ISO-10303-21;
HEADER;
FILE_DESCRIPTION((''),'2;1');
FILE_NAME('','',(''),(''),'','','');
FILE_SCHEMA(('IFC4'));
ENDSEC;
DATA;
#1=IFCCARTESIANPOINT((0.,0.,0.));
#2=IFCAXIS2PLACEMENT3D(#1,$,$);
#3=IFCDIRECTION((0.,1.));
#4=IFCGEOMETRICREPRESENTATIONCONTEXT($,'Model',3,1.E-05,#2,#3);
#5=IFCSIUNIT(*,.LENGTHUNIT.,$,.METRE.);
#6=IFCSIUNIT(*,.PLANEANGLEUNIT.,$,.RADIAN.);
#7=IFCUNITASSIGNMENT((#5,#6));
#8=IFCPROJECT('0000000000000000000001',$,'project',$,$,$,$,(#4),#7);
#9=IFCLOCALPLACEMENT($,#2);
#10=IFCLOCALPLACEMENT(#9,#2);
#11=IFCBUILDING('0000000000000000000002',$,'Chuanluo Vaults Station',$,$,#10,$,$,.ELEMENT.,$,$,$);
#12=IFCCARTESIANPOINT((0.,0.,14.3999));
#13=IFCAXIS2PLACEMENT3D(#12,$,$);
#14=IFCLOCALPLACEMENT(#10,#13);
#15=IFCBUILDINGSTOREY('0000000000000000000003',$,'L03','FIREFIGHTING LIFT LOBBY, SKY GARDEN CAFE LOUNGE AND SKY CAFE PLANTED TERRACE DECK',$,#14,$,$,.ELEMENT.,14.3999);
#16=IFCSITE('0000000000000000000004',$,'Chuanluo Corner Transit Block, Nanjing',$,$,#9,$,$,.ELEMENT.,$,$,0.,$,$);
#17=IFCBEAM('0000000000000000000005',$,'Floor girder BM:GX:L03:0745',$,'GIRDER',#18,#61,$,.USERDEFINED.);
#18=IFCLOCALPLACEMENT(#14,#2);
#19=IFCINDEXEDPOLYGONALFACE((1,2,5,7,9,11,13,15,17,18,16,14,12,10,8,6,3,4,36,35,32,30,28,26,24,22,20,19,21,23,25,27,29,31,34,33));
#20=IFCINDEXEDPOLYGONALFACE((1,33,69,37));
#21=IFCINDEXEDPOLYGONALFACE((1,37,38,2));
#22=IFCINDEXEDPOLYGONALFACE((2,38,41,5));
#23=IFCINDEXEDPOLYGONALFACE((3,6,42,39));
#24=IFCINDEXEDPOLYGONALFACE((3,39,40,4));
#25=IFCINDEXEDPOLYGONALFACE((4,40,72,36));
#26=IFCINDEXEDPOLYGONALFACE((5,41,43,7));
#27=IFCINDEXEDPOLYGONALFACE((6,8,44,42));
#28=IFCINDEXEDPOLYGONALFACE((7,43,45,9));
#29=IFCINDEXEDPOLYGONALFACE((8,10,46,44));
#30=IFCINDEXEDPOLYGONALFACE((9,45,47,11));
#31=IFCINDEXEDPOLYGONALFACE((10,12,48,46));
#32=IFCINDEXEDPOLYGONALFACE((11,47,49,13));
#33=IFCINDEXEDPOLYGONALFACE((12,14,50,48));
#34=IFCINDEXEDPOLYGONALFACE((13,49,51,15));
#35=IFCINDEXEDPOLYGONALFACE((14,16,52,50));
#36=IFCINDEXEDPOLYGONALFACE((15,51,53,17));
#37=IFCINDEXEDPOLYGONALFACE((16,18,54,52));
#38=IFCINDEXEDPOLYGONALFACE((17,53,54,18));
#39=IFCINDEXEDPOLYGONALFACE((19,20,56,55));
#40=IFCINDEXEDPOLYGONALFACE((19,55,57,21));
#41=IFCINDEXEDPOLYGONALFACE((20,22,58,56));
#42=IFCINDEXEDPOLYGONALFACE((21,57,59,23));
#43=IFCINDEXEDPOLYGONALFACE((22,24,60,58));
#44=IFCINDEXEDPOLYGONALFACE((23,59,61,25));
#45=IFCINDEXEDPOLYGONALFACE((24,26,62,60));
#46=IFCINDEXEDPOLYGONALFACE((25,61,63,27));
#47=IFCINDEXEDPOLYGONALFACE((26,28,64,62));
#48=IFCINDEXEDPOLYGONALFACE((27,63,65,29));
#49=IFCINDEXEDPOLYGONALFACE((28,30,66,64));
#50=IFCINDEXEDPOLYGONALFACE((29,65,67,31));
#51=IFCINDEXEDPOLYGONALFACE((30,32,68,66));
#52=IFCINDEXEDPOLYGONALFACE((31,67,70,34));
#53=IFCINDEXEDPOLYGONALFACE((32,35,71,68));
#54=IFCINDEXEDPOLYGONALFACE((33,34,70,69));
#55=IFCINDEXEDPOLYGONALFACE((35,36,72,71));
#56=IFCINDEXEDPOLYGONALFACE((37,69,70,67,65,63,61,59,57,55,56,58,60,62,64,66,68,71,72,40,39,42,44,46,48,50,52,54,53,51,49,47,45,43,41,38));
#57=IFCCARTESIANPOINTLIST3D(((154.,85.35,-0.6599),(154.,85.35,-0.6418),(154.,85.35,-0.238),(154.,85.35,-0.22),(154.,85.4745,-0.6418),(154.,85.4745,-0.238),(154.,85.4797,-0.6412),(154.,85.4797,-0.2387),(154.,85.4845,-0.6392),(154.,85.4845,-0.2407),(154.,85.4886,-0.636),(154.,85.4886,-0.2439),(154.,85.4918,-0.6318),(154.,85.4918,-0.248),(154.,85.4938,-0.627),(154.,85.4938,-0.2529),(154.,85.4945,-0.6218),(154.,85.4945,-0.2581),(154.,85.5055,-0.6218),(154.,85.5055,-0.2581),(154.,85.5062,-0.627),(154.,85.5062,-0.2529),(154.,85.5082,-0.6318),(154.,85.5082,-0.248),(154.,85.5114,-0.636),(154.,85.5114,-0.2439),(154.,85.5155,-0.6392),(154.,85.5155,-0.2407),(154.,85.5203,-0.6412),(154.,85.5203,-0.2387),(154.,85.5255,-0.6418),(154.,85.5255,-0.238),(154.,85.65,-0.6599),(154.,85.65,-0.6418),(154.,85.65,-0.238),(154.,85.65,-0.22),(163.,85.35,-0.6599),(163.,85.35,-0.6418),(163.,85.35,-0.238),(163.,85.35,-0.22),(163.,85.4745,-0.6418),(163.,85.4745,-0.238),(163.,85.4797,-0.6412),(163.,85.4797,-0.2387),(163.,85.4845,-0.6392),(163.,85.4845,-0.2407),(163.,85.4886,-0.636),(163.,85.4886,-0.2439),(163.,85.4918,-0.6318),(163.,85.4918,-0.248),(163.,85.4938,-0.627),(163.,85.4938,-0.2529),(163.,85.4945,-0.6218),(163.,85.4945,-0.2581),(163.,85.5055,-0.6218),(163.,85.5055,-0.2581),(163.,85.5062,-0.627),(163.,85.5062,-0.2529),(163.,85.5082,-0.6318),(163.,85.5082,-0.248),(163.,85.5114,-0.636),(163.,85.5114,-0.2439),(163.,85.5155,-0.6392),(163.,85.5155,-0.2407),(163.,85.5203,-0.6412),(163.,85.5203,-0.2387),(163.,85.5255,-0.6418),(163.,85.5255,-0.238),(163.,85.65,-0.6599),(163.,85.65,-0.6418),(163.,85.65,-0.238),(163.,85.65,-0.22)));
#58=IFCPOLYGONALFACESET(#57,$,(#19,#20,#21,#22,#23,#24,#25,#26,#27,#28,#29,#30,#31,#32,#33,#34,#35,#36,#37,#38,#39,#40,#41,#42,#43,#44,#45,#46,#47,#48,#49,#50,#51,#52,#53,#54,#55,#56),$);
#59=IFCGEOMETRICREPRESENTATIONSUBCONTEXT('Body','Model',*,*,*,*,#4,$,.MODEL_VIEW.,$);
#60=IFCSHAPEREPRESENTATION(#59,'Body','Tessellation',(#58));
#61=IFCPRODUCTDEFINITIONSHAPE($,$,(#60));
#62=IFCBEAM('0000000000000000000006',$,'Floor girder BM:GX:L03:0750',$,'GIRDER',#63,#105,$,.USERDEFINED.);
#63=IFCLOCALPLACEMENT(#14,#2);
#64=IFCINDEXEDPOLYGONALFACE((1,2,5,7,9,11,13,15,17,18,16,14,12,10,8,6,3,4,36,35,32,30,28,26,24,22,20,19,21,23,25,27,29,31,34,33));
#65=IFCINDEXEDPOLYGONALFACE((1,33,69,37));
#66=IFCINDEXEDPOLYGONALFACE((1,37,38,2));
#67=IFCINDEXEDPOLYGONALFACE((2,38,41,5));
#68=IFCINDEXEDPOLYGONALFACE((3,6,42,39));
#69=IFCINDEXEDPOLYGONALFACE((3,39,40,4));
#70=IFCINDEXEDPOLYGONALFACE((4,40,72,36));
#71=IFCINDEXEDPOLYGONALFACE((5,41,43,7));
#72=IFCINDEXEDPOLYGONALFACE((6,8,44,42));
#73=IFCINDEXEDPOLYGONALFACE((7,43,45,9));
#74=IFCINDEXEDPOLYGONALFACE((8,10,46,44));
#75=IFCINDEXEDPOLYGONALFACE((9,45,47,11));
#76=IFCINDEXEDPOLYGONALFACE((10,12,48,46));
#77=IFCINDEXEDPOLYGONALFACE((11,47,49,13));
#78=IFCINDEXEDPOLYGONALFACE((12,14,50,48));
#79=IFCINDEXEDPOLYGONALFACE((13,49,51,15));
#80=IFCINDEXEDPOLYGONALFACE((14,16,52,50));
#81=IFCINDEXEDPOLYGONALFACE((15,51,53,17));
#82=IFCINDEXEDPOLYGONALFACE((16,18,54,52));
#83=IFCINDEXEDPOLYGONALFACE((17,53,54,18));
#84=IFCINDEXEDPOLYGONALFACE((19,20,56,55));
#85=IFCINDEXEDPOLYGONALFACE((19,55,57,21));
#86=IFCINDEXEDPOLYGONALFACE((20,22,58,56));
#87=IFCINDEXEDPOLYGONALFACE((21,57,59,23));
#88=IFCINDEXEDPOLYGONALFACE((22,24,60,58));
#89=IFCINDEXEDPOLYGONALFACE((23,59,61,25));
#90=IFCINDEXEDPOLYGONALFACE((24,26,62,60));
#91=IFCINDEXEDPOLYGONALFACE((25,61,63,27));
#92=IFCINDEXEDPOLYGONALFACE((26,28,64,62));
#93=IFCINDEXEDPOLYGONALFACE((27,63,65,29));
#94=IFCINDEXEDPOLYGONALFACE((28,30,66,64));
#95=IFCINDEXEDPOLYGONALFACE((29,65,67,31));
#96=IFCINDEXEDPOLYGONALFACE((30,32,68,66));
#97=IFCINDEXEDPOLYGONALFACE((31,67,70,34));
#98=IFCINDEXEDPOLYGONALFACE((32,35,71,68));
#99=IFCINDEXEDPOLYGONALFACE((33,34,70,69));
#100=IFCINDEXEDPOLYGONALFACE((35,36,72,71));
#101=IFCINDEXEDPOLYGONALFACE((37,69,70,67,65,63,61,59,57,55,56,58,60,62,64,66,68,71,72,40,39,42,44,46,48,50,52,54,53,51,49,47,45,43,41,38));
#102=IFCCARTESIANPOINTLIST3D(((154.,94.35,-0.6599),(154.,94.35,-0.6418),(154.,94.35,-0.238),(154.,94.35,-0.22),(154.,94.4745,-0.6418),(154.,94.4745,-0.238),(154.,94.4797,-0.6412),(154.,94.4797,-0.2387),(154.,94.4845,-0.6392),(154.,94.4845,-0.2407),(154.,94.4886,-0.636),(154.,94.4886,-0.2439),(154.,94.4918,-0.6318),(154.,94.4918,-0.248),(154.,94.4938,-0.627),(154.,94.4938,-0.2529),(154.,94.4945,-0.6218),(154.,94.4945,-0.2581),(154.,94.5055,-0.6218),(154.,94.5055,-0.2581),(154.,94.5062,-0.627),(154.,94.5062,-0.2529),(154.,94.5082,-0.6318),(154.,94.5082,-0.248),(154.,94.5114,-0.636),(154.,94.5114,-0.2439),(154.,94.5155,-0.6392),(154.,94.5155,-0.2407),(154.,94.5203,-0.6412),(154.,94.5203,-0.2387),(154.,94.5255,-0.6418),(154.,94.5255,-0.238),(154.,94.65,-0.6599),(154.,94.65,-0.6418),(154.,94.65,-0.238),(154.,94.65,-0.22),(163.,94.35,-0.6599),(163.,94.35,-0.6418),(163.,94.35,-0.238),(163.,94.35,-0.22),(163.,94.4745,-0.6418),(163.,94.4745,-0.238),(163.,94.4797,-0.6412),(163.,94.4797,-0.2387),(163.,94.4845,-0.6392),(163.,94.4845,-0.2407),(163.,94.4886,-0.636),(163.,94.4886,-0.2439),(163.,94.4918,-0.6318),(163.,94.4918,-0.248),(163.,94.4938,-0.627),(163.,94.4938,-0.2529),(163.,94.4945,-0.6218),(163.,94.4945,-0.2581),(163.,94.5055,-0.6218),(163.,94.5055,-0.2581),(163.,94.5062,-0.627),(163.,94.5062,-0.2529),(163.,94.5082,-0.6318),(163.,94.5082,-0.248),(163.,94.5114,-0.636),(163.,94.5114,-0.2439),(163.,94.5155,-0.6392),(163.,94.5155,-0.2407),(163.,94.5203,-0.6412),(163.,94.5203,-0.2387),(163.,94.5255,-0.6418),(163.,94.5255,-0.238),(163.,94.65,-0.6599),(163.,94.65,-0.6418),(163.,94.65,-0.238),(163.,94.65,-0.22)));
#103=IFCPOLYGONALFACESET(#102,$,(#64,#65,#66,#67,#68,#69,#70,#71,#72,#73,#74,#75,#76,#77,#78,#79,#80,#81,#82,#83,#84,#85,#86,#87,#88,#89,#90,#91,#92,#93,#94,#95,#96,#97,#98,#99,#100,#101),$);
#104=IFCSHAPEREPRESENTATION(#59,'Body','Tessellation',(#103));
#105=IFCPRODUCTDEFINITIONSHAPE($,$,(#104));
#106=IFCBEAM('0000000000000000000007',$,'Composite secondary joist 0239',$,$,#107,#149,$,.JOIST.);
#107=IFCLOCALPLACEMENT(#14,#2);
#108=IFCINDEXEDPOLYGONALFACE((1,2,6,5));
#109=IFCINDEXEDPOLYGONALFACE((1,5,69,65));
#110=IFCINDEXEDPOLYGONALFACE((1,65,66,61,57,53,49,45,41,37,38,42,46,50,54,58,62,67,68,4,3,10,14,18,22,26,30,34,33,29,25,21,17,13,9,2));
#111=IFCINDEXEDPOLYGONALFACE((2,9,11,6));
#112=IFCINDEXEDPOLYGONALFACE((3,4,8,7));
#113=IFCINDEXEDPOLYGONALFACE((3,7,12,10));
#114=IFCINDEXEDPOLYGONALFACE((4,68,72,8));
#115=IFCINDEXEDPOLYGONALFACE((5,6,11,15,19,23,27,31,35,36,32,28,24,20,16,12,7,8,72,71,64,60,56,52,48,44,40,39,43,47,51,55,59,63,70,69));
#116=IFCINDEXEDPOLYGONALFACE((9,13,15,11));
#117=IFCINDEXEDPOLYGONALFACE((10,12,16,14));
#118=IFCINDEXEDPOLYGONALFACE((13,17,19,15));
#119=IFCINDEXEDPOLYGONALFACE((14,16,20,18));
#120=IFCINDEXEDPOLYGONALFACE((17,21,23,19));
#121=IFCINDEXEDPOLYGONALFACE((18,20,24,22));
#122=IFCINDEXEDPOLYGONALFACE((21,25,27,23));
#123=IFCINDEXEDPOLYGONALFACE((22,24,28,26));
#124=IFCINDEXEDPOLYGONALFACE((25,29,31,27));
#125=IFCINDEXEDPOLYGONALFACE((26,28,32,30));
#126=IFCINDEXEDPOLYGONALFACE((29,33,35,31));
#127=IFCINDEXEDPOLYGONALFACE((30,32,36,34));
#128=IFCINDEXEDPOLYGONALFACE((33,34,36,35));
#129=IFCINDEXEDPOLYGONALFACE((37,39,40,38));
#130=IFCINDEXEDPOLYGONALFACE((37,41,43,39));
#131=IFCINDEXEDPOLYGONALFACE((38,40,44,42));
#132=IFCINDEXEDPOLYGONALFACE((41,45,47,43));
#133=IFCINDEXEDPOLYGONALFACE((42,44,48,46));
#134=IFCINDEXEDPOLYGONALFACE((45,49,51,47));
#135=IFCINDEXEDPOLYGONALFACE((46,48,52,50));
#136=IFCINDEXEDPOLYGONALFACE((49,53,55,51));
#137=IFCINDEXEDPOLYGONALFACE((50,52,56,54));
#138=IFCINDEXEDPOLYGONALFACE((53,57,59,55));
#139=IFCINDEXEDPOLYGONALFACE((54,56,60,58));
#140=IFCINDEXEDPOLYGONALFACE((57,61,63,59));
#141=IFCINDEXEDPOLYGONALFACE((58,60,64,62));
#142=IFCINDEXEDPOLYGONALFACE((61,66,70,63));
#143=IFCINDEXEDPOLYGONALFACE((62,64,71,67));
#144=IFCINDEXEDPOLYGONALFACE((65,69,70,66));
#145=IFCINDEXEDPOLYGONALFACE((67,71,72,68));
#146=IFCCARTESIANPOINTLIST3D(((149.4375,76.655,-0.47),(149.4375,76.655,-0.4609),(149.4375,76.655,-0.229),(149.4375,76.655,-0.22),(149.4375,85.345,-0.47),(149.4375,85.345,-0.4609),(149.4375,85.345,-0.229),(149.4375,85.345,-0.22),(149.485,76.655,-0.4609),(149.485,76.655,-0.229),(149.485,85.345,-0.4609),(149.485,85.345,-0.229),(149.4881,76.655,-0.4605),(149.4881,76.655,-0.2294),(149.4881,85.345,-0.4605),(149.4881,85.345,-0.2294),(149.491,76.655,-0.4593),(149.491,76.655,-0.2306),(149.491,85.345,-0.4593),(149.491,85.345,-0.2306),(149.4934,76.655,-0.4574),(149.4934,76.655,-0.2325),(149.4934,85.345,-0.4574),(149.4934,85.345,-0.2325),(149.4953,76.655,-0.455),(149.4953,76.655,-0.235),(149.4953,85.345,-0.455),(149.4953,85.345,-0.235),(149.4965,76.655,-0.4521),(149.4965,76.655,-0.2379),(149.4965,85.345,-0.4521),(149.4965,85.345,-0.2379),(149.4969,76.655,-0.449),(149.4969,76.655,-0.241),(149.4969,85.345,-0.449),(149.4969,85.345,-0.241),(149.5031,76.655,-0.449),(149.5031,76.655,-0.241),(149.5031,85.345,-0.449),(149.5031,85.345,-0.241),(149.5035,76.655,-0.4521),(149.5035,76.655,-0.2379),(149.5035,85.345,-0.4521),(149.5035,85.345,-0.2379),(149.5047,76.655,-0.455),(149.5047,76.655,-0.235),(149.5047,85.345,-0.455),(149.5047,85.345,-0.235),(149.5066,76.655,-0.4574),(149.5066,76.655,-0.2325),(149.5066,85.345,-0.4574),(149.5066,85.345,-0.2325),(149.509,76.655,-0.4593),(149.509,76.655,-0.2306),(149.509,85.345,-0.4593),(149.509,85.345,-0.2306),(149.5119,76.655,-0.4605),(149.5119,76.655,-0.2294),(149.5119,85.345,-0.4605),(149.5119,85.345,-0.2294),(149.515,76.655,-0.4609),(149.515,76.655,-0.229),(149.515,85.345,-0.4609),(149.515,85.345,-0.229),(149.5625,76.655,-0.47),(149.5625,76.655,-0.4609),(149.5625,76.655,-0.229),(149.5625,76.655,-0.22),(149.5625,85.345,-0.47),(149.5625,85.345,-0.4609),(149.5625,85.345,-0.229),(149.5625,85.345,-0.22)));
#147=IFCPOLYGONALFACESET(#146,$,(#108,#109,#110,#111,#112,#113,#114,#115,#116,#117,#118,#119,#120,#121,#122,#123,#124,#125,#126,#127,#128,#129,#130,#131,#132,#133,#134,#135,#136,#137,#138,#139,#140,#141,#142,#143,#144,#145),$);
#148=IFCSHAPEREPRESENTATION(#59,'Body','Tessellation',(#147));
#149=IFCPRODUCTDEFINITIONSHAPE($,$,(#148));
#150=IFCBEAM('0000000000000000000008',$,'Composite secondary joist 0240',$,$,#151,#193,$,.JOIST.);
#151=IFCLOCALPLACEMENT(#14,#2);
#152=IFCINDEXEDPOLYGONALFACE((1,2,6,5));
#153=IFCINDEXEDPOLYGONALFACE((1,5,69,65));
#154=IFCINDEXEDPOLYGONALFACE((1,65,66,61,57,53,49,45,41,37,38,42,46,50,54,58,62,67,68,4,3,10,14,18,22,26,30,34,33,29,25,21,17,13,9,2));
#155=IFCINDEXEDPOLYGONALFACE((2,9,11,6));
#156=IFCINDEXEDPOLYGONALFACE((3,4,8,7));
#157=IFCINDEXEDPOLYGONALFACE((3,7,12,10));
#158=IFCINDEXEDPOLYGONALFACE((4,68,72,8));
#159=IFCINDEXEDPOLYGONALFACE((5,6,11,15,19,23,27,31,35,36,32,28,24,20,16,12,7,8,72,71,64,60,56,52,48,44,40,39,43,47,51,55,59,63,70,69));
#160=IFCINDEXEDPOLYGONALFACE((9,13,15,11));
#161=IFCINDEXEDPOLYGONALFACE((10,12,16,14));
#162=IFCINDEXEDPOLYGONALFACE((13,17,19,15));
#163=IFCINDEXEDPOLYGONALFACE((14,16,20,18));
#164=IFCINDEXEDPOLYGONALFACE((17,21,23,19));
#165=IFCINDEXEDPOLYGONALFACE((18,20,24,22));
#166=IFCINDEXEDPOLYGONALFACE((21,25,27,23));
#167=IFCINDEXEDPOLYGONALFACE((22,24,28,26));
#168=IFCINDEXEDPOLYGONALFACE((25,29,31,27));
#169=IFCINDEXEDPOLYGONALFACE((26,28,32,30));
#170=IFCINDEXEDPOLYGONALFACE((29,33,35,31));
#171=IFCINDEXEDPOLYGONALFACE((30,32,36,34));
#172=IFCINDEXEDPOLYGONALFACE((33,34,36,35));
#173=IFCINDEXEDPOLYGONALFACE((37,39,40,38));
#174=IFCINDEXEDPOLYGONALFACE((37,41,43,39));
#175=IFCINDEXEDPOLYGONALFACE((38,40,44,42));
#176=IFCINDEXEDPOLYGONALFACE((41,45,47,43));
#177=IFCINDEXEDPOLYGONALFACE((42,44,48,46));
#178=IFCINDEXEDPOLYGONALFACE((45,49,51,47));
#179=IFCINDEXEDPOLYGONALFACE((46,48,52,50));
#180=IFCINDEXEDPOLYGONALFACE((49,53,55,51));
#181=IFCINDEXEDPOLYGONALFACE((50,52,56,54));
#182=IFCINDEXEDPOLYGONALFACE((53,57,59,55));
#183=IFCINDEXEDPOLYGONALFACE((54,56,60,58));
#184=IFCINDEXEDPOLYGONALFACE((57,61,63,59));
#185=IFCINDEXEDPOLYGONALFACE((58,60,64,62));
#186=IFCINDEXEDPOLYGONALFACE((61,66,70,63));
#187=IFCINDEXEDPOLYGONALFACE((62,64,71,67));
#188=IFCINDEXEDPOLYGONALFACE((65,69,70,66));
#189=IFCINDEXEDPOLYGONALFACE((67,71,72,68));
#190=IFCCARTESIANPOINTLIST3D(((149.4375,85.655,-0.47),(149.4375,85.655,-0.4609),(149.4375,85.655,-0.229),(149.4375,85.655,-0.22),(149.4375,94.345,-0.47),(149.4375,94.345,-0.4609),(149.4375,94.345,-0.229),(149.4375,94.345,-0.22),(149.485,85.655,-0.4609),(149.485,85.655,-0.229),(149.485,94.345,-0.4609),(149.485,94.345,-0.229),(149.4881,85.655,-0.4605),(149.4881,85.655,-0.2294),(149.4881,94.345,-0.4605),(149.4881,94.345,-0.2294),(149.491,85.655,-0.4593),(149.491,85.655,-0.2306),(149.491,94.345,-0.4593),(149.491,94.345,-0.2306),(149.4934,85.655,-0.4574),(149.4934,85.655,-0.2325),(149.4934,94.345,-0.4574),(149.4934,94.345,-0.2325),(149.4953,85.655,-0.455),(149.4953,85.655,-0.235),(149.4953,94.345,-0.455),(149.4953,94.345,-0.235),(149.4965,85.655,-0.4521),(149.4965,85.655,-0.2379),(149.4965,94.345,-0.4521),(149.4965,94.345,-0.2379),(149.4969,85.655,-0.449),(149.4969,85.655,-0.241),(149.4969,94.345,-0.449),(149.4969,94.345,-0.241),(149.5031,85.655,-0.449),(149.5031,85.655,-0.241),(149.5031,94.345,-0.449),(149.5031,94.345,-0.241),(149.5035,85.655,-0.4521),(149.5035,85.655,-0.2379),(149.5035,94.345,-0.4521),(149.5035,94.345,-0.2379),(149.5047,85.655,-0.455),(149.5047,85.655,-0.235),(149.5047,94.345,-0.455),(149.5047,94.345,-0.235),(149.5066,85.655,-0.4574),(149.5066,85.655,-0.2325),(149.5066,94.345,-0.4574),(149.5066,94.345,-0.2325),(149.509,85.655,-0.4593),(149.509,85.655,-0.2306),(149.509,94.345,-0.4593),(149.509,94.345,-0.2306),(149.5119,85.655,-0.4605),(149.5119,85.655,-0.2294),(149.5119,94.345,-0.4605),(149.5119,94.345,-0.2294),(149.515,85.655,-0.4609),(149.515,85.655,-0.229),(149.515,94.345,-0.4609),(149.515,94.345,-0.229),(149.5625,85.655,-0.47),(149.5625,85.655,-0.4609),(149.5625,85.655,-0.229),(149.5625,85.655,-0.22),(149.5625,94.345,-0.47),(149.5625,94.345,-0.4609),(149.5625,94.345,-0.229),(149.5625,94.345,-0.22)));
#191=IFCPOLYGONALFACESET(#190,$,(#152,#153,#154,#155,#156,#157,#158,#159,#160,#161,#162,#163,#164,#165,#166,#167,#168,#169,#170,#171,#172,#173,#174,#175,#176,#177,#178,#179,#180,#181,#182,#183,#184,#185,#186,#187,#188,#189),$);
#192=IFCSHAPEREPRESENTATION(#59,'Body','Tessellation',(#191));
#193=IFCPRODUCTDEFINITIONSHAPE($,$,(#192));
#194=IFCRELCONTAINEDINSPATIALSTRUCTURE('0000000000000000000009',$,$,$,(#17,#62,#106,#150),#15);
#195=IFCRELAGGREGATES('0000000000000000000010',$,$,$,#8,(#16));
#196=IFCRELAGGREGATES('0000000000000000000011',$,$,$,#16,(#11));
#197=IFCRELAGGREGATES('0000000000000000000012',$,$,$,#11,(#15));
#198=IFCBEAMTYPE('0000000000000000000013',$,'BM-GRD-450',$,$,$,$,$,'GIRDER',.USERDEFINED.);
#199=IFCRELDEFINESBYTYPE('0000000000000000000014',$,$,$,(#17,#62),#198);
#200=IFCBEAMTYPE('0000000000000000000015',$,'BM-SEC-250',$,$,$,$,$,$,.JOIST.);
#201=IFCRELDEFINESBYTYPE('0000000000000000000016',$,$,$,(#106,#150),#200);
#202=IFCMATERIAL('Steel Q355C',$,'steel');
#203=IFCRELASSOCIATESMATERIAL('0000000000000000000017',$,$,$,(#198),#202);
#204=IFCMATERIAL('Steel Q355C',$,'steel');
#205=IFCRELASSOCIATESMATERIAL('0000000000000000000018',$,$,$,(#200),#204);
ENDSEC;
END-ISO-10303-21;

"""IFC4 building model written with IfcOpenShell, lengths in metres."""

from ifc_helpers import new_model, si_unit, direction, frame, origin, origin_2d, place, context, subcontext, project, spatial, i_section, extrude, material, material_profile, profile_set, type_object, element, save


model = new_model("IFC4")

# Units and contexts
model_context = context("Model", 3, precision=1e-05, world=origin(), true_north=direction((0.0, 1.0)))
body_context = subcontext(model_context, "Body", "Model", "MODEL_VIEW")
ifc_project = project(units=[si_unit("LENGTHUNIT", "METRE"), si_unit("PLANEANGLEUNIT", "RADIAN")], contexts=[model_context])

# Site, building, storey
site_placement = place(None, origin())
site = spatial("IfcSite", under=ifc_project, at=site_placement, Name="Chuanluo Corner Transit Block, Nanjing", CompositionType="ELEMENT", RefElevation=0.0)
building_placement = place(site_placement, origin())
building = spatial("IfcBuilding", under=site, at=building_placement, Name="Chuanluo Vaults Station", CompositionType="ELEMENT")
storey_placement = place(building_placement, frame((0.0, 0.0, 14.3999)))
storey = spatial("IfcBuildingStorey", under=building, at=storey_placement, Name="L03", Description="FIREFIGHTING LIFT LOBBY, SKY GARDEN CAFE LOUNGE AND SKY CAFE PLANTED TERRACE DECK", CompositionType="ELEMENT", Elevation=14.3999)

# Beams
ifc_material_1 = material(Name="Steel Q355C", Category="steel")
ifc_material_profile_1 = material_profile(ifc_material_1, i_section(OverallWidth=0.3, OverallDepth=0.4399, WebThickness=0.011, FlangeThickness=0.0181, FilletRadius=0.02, at=origin_2d()))
ifc_profile_set_1 = profile_set([ifc_material_profile_1], Name="Steel Q355C")
beam_type_1 = type_object("IfcBeamType", Name="BM-GRD-450", ElementType="GIRDER", PredefinedType="USERDEFINED", material=ifc_profile_set_1)
for number, where, z_axis, x_axis, name in (
    (1, (154.0, 85.5, -0.4399), (1.0, 0.0, 0.0), (0.0, 1.0, 0.0), "Floor girder BM:GX:L03:0745"),
    (2, (154.0, 94.5, -0.4399), (1.0, 0.0, 0.0), (0.0, 1.0, 0.0), "Floor girder BM:GX:L03:0750"),
):
    element("IfcBeam", number, at=place(storey_placement, frame(where, z_axis=z_axis, x_axis=x_axis)), inside=storey, type_object=beam_type_1, Name=name, ObjectType="GIRDER", PredefinedType="USERDEFINED", context=body_context, shape_type="SweptSolid", body=[
        extrude(i_section(OverallWidth=0.3, OverallDepth=0.4399, WebThickness=0.011, FlangeThickness=0.0181, FilletRadius=0.02, at=origin_2d()), origin(), (0.0, 0.0, 1.0), 9.0),
    ])
ifc_material_2 = material(Name="Steel Q355C", Category="steel")
ifc_material_profile_2 = material_profile(ifc_material_2, i_section(OverallWidth=0.125, OverallDepth=0.25, WebThickness=0.0061, FlangeThickness=0.009, FilletRadius=0.012, at=origin_2d()))
ifc_profile_set_2 = profile_set([ifc_material_profile_2], Name="Steel Q355C")
beam_type_2 = type_object("IfcBeamType", Name="BM-SEC-250", PredefinedType="JOIST", material=ifc_profile_set_2)
for number, where, z_axis, x_axis, name in (
    (3, (149.5, 76.655, -0.345), (0.0, 1.0, 0.0), (-1.0, 0.0, 0.0), "Composite secondary joist 0239"),
    (4, (149.5, 85.655, -0.345), (0.0, 1.0, 0.0), (-1.0, 0.0, 0.0), "Composite secondary joist 0240"),
):
    element("IfcBeam", number, at=place(storey_placement, frame(where, z_axis=z_axis, x_axis=x_axis)), inside=storey, type_object=beam_type_2, Name=name, PredefinedType="JOIST", context=body_context, shape_type="SweptSolid", body=[
        extrude(i_section(OverallWidth=0.125, OverallDepth=0.25, WebThickness=0.0061, FlangeThickness=0.009, FilletRadius=0.012, at=origin_2d()), origin(), (0.0, 0.0, 1.0), 8.6899),
    ])

save(model, "model.ifc")
